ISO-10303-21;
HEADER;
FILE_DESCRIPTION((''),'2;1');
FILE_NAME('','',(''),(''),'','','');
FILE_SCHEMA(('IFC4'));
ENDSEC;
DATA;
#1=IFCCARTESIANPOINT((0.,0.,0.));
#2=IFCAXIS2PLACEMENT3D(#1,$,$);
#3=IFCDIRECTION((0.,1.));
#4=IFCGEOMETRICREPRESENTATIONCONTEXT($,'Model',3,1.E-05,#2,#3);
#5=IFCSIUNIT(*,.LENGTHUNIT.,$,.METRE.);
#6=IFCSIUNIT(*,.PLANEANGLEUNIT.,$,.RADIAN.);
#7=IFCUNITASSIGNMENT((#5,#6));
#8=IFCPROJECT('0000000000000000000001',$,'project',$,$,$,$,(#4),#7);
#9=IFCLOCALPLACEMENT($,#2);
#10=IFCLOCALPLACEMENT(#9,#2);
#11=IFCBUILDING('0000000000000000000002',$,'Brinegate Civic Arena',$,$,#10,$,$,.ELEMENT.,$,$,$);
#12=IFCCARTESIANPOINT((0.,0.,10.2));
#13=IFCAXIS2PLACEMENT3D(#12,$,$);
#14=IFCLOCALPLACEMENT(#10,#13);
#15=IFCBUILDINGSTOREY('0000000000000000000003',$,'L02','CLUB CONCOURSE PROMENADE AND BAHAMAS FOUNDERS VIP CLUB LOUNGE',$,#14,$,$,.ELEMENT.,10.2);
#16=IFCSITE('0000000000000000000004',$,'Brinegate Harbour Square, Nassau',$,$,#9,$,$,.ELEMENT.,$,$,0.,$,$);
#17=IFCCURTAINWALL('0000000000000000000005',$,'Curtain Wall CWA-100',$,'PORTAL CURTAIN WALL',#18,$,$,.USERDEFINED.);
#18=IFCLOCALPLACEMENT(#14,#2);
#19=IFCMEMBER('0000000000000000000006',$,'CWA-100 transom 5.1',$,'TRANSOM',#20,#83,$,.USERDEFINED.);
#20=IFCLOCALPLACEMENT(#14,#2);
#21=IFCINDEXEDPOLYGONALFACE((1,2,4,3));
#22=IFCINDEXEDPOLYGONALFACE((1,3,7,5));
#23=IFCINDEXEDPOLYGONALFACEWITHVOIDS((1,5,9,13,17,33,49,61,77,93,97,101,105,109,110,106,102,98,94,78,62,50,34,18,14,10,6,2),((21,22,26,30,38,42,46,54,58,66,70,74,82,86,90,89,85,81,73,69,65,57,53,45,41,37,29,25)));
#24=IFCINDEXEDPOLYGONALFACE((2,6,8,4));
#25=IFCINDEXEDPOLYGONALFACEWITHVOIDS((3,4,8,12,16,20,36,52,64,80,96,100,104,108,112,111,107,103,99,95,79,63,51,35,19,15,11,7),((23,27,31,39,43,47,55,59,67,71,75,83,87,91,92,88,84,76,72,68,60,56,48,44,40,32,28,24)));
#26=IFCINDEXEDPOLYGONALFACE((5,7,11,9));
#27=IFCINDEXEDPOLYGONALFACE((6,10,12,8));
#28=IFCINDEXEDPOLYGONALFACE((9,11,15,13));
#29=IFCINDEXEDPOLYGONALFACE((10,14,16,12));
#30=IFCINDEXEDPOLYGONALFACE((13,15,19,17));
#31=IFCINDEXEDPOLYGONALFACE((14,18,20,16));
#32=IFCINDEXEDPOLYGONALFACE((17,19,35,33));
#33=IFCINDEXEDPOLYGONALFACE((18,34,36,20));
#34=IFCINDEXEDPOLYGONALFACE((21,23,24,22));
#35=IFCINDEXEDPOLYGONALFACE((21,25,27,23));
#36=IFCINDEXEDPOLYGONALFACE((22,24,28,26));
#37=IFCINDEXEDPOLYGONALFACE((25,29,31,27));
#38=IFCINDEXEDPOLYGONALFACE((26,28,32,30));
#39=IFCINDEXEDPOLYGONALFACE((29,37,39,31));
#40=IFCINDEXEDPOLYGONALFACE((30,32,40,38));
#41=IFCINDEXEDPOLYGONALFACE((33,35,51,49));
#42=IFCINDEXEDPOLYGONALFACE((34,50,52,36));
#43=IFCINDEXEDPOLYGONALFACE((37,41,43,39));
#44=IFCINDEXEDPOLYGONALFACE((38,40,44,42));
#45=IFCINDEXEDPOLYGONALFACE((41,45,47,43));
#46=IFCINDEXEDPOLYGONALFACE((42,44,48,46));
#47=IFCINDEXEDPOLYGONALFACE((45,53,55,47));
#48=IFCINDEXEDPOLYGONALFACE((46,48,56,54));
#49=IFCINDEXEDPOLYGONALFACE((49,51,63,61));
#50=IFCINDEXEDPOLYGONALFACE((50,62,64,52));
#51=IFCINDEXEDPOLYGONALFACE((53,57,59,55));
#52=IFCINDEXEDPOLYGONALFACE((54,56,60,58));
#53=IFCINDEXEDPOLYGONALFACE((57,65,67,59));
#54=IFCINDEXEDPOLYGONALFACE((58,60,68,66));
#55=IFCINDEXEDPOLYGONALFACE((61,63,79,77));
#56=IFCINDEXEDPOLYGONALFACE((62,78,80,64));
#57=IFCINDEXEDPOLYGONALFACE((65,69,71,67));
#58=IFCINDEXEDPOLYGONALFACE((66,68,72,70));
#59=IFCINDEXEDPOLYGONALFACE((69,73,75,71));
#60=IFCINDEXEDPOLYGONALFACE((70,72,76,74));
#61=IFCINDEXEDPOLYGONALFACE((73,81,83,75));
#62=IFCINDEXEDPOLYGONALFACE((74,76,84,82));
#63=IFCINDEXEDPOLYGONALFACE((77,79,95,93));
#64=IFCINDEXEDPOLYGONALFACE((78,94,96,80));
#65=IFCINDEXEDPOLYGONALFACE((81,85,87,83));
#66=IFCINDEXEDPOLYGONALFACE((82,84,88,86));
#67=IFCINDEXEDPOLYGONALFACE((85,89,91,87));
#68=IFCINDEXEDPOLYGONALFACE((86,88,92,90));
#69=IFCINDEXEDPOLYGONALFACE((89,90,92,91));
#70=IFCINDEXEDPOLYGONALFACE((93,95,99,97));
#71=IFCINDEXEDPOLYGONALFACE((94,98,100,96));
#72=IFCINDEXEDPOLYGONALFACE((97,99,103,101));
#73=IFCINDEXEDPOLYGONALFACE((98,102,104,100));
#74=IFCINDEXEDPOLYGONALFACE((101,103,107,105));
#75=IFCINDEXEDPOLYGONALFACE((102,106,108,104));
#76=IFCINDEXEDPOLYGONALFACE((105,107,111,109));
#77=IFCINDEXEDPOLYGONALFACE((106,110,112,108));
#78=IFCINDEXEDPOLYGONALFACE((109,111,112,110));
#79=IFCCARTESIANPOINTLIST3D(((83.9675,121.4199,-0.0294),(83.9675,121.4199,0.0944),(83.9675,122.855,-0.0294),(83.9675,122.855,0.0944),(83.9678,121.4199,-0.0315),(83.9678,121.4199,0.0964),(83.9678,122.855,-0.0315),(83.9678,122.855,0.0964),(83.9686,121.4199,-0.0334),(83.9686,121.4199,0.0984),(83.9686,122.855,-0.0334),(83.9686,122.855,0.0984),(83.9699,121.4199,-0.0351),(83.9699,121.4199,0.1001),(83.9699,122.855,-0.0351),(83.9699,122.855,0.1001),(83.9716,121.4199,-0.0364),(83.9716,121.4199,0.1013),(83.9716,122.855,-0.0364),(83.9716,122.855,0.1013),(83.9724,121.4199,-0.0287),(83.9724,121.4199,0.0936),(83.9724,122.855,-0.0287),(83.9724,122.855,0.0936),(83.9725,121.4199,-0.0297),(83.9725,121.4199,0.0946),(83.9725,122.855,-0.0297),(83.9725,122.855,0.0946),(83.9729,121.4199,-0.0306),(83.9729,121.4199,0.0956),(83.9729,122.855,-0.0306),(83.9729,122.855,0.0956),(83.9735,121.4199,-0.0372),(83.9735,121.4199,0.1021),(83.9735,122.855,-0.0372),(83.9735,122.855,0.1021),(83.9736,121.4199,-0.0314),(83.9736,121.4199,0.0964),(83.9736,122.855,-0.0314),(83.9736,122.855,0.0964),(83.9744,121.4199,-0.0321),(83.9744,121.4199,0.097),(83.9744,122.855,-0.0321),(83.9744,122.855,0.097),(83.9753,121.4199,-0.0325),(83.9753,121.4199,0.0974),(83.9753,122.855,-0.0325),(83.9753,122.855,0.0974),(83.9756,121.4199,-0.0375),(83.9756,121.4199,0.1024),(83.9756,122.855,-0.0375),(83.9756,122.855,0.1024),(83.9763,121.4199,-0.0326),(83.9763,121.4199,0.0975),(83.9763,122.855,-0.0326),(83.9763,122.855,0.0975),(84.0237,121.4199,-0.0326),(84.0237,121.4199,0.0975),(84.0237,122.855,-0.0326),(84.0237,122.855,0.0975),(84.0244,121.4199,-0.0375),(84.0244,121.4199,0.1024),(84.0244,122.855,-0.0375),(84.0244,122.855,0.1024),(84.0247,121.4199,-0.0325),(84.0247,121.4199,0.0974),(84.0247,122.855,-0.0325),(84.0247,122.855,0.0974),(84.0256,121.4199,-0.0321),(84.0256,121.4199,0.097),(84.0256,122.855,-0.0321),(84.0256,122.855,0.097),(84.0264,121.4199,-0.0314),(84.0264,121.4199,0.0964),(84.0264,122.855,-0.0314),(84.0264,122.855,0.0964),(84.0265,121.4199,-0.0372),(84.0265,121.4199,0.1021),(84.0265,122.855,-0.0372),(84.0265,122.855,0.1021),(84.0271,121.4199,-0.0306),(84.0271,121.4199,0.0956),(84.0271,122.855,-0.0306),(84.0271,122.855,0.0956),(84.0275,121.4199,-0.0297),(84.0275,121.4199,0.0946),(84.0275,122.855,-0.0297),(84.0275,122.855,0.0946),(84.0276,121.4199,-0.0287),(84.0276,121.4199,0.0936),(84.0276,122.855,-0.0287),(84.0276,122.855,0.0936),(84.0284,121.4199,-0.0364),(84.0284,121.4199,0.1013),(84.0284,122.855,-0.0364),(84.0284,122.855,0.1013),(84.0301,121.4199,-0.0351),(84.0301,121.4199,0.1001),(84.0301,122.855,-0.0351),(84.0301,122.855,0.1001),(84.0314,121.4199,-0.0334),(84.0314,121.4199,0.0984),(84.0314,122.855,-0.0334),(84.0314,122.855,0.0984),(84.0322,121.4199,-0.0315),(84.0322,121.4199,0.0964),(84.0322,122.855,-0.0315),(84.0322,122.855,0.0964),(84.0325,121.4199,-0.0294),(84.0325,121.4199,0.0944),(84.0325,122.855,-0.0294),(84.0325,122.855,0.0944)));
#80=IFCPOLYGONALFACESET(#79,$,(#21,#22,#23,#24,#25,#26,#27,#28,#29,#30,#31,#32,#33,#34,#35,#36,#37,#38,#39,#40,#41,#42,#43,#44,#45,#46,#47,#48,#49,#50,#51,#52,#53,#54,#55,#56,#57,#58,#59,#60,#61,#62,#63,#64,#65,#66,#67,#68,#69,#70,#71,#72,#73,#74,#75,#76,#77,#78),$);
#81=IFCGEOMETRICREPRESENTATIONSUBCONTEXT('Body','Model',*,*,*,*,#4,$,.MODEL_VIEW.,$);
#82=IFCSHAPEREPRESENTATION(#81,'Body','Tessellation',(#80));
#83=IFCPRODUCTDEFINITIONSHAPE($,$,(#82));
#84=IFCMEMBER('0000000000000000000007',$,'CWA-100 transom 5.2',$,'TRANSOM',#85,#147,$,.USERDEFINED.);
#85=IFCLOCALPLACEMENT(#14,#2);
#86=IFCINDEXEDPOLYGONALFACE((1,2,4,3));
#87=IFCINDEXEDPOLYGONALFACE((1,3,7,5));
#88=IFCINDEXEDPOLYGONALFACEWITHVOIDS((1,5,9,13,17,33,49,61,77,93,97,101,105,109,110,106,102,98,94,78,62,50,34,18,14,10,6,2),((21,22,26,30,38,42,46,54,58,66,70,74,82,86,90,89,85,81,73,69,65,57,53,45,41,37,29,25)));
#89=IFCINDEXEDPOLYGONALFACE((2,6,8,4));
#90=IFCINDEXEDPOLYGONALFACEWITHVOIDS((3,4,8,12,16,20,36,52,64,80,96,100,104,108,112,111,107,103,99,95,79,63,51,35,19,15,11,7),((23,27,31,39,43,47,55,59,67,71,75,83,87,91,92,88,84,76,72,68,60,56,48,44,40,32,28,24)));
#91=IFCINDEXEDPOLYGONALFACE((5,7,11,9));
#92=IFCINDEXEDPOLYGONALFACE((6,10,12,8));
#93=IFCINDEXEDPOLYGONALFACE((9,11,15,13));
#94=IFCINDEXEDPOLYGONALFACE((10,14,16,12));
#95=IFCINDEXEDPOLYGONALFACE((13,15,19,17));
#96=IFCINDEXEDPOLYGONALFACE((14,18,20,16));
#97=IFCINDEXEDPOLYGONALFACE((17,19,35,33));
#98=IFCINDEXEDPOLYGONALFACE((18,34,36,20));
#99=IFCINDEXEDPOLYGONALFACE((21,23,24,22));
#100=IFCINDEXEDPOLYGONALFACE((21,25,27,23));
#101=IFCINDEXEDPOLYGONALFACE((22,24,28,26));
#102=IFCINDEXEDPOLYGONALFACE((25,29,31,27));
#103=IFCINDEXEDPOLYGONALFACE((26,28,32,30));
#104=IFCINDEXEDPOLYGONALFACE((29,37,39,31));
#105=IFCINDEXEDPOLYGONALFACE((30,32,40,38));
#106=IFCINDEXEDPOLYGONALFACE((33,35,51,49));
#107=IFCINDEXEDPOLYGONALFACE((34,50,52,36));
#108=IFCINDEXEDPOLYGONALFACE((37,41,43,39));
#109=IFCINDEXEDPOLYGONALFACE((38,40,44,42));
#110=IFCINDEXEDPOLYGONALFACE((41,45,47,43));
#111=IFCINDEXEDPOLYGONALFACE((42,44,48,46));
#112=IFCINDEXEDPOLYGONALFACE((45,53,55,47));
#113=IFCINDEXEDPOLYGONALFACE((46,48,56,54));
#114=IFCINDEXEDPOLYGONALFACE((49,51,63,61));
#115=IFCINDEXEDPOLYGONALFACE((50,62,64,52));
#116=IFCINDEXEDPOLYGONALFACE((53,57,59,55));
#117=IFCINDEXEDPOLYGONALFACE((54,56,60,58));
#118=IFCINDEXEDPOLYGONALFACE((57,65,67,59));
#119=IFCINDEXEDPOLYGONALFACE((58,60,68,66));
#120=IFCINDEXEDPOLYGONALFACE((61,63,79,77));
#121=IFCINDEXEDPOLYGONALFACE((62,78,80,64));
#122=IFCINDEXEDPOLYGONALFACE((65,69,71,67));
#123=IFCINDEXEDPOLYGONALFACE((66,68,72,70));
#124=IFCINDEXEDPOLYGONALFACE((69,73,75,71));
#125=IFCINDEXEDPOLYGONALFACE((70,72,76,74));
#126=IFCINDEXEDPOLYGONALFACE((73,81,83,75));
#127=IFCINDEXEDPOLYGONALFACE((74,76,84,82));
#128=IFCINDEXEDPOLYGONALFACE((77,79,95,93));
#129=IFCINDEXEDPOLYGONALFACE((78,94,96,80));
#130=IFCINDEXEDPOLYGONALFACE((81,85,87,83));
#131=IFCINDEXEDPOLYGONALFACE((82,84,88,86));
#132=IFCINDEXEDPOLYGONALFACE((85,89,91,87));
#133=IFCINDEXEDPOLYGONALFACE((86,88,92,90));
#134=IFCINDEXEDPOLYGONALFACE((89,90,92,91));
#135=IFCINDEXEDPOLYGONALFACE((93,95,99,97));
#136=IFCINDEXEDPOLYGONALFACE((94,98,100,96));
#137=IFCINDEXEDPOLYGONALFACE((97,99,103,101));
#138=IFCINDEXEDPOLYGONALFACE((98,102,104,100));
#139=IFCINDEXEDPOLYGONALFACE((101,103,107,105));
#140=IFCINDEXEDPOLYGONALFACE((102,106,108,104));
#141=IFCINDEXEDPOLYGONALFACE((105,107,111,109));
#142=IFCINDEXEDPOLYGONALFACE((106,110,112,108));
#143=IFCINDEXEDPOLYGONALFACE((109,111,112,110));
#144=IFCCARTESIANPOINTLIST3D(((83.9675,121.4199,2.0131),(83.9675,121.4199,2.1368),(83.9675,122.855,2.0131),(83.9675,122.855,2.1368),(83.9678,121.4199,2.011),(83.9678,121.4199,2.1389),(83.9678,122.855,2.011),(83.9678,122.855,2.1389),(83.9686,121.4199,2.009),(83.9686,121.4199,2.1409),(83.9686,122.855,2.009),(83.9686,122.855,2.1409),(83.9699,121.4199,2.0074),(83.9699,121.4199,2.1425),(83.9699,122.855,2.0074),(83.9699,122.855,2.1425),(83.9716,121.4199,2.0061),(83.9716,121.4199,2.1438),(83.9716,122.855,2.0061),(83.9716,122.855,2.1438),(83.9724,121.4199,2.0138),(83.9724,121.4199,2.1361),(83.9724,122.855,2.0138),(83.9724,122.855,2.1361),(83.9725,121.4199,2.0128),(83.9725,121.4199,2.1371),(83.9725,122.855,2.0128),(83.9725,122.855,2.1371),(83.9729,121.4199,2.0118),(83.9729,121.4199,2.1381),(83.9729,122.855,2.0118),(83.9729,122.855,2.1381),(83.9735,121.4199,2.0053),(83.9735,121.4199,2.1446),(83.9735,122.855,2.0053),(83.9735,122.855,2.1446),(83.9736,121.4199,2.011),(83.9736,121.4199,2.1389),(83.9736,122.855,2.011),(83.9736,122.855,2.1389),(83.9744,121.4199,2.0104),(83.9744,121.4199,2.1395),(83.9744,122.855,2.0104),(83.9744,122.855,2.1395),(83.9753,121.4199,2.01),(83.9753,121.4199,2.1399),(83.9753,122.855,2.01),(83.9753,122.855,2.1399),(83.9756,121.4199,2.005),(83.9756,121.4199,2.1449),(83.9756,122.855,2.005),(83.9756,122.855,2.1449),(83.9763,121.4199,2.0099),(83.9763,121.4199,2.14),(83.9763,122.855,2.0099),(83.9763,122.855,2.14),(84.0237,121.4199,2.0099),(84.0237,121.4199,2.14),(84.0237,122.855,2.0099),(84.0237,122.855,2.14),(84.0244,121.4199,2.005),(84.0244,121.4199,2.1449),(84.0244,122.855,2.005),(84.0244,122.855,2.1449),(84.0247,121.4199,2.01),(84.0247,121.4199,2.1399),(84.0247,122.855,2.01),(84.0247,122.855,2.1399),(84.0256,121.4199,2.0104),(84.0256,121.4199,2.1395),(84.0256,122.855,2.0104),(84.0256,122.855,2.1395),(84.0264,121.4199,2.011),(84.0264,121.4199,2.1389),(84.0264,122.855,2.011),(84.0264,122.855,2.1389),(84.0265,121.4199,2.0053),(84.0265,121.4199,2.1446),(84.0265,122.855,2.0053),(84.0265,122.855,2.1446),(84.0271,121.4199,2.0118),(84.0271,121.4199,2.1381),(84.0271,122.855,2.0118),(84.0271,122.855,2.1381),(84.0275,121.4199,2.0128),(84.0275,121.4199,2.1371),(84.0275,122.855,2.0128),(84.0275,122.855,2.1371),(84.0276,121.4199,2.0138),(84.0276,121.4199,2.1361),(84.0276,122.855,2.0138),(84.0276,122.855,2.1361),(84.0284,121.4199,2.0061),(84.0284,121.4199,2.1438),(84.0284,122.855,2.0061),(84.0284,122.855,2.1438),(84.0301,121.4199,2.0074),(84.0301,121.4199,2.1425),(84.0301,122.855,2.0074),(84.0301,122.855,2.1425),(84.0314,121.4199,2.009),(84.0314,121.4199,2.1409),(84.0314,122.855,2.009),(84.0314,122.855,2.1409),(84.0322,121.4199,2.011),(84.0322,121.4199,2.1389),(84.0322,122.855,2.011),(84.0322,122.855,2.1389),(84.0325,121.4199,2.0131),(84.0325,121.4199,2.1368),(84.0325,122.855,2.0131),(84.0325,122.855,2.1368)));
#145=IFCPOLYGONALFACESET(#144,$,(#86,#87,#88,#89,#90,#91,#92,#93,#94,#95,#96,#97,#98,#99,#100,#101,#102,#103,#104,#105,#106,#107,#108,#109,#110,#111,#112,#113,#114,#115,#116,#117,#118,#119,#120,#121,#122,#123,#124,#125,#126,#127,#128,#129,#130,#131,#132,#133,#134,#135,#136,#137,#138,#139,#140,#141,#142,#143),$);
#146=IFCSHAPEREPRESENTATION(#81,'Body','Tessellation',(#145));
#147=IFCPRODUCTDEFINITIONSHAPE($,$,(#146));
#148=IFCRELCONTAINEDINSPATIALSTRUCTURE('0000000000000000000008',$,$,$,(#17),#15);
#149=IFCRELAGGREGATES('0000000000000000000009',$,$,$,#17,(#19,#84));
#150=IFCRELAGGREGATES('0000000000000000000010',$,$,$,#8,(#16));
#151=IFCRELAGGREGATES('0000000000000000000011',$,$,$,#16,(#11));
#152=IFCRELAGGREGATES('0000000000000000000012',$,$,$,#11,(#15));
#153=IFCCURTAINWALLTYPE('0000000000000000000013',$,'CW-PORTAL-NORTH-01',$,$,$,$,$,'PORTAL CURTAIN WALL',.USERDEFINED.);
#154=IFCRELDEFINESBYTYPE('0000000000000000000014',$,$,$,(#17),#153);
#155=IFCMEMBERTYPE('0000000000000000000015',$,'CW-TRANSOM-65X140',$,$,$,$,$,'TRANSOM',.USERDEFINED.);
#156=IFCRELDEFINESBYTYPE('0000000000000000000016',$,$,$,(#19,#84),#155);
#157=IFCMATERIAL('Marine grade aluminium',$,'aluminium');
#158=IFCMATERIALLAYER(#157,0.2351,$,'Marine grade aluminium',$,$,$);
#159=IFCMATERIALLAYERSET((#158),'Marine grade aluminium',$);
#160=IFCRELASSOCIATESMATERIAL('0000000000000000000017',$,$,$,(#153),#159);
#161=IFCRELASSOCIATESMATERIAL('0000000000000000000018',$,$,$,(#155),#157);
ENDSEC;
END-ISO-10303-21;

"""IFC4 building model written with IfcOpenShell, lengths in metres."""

from ifc_helpers import new_model, si_unit, direction, frame, origin, origin_2d, place, context, subcontext, project, spatial, hollow_rectangle, extrude, material, layer, layer_set, material_profile, profile_set, type_object, element, aggregate, save


model = new_model("IFC4")

# Units and contexts
model_context = context("Model", 3, precision=1e-05, world=origin(), true_north=direction((0.0, 1.0)))
body_context = subcontext(model_context, "Body", "Model", "MODEL_VIEW")
ifc_project = project(units=[si_unit("LENGTHUNIT", "METRE"), si_unit("PLANEANGLEUNIT", "RADIAN")], contexts=[model_context])

# Site, building, storey
site_placement = place(None, origin())
site = spatial("IfcSite", under=ifc_project, at=site_placement, Name="Brinegate Harbour Square, Nassau", CompositionType="ELEMENT", RefElevation=0.0)
building_placement = place(site_placement, origin())
building = spatial("IfcBuilding", under=site, at=building_placement, Name="Brinegate Civic Arena", CompositionType="ELEMENT")
storey_placement = place(building_placement, frame((0.0, 0.0, 10.2)))
storey = spatial("IfcBuildingStorey", under=building, at=storey_placement, Name="L02", Description="CLUB CONCOURSE PROMENADE AND BAHAMAS FOUNDERS VIP CLUB LOUNGE", CompositionType="ELEMENT", Elevation=10.2)

# Curtain wall, members
ifc_material_1 = material(Name="Marine grade aluminium", Category="aluminium")
ifc_layer_1 = layer(ifc_material_1, 0.2351, Name="Marine grade aluminium")
ifc_layer_set_1 = layer_set([ifc_layer_1], Name="Marine grade aluminium")
curtain_wall_type = type_object("IfcCurtainWallType", Name="CW-PORTAL-NORTH-01", ElementType="PORTAL CURTAIN WALL", PredefinedType="USERDEFINED", material=ifc_layer_set_1)
curtain_wall_placement = place(storey_placement, origin())
curtain_wall = element("IfcCurtainWall", 1, at=curtain_wall_placement, inside=storey, type_object=curtain_wall_type, Name="Curtain Wall CWA-100", ObjectType="PORTAL CURTAIN WALL", PredefinedType="USERDEFINED")
ifc_material_profile_1 = material_profile(ifc_material_1, hollow_rectangle(XDim=0.0649, YDim=0.1399, WallThickness=0.0049, InnerFilletRadius=0.0039, OuterFilletRadius=0.0081, at=origin_2d()), Name="TRN65X140")
ifc_profile_set_1 = profile_set([ifc_material_profile_1], Name="Marine grade aluminium")
member_type_1 = type_object("IfcMemberType", Name="CW-TRANSOM-65X140", ElementType="TRANSOM", PredefinedType="USERDEFINED", material=ifc_profile_set_1)
member_1_placement = place(storey_placement, frame((84.0, 121.4199, 0.0325), z_axis=(0.0, 1.0, 0.0), x_axis=(-1.0, 0.0, 0.0)))
member_1 = element("IfcMember", 2, at=member_1_placement, type_object=member_type_1, Name="CWA-100 transom 5.1", ObjectType="TRANSOM", PredefinedType="USERDEFINED", context=body_context, shape_type="SweptSolid", body=[
    extrude(hollow_rectangle(XDim=0.0649, YDim=0.1399, WallThickness=0.0049, InnerFilletRadius=0.0039, OuterFilletRadius=0.0081, at=origin_2d()), origin(), (0.0, 0.0, 1.0), 1.4351),
])
member_2_placement = place(storey_placement, frame((84.0, 121.4199, 2.075), z_axis=(0.0, 1.0, 0.0), x_axis=(-1.0, 0.0, 0.0)))
member_2 = element("IfcMember", 3, at=member_2_placement, type_object=member_type_1, Name="CWA-100 transom 5.2", ObjectType="TRANSOM", PredefinedType="USERDEFINED", context=body_context, shape_type="SweptSolid", body=[
    extrude(hollow_rectangle(XDim=0.0649, YDim=0.1399, WallThickness=0.0049, InnerFilletRadius=0.0039, OuterFilletRadius=0.0081, at=origin_2d()), origin(), (0.0, 0.0, 1.0), 1.4351),
])
aggregate(curtain_wall, [member_1, member_2])

save(model, "model.ifc")
